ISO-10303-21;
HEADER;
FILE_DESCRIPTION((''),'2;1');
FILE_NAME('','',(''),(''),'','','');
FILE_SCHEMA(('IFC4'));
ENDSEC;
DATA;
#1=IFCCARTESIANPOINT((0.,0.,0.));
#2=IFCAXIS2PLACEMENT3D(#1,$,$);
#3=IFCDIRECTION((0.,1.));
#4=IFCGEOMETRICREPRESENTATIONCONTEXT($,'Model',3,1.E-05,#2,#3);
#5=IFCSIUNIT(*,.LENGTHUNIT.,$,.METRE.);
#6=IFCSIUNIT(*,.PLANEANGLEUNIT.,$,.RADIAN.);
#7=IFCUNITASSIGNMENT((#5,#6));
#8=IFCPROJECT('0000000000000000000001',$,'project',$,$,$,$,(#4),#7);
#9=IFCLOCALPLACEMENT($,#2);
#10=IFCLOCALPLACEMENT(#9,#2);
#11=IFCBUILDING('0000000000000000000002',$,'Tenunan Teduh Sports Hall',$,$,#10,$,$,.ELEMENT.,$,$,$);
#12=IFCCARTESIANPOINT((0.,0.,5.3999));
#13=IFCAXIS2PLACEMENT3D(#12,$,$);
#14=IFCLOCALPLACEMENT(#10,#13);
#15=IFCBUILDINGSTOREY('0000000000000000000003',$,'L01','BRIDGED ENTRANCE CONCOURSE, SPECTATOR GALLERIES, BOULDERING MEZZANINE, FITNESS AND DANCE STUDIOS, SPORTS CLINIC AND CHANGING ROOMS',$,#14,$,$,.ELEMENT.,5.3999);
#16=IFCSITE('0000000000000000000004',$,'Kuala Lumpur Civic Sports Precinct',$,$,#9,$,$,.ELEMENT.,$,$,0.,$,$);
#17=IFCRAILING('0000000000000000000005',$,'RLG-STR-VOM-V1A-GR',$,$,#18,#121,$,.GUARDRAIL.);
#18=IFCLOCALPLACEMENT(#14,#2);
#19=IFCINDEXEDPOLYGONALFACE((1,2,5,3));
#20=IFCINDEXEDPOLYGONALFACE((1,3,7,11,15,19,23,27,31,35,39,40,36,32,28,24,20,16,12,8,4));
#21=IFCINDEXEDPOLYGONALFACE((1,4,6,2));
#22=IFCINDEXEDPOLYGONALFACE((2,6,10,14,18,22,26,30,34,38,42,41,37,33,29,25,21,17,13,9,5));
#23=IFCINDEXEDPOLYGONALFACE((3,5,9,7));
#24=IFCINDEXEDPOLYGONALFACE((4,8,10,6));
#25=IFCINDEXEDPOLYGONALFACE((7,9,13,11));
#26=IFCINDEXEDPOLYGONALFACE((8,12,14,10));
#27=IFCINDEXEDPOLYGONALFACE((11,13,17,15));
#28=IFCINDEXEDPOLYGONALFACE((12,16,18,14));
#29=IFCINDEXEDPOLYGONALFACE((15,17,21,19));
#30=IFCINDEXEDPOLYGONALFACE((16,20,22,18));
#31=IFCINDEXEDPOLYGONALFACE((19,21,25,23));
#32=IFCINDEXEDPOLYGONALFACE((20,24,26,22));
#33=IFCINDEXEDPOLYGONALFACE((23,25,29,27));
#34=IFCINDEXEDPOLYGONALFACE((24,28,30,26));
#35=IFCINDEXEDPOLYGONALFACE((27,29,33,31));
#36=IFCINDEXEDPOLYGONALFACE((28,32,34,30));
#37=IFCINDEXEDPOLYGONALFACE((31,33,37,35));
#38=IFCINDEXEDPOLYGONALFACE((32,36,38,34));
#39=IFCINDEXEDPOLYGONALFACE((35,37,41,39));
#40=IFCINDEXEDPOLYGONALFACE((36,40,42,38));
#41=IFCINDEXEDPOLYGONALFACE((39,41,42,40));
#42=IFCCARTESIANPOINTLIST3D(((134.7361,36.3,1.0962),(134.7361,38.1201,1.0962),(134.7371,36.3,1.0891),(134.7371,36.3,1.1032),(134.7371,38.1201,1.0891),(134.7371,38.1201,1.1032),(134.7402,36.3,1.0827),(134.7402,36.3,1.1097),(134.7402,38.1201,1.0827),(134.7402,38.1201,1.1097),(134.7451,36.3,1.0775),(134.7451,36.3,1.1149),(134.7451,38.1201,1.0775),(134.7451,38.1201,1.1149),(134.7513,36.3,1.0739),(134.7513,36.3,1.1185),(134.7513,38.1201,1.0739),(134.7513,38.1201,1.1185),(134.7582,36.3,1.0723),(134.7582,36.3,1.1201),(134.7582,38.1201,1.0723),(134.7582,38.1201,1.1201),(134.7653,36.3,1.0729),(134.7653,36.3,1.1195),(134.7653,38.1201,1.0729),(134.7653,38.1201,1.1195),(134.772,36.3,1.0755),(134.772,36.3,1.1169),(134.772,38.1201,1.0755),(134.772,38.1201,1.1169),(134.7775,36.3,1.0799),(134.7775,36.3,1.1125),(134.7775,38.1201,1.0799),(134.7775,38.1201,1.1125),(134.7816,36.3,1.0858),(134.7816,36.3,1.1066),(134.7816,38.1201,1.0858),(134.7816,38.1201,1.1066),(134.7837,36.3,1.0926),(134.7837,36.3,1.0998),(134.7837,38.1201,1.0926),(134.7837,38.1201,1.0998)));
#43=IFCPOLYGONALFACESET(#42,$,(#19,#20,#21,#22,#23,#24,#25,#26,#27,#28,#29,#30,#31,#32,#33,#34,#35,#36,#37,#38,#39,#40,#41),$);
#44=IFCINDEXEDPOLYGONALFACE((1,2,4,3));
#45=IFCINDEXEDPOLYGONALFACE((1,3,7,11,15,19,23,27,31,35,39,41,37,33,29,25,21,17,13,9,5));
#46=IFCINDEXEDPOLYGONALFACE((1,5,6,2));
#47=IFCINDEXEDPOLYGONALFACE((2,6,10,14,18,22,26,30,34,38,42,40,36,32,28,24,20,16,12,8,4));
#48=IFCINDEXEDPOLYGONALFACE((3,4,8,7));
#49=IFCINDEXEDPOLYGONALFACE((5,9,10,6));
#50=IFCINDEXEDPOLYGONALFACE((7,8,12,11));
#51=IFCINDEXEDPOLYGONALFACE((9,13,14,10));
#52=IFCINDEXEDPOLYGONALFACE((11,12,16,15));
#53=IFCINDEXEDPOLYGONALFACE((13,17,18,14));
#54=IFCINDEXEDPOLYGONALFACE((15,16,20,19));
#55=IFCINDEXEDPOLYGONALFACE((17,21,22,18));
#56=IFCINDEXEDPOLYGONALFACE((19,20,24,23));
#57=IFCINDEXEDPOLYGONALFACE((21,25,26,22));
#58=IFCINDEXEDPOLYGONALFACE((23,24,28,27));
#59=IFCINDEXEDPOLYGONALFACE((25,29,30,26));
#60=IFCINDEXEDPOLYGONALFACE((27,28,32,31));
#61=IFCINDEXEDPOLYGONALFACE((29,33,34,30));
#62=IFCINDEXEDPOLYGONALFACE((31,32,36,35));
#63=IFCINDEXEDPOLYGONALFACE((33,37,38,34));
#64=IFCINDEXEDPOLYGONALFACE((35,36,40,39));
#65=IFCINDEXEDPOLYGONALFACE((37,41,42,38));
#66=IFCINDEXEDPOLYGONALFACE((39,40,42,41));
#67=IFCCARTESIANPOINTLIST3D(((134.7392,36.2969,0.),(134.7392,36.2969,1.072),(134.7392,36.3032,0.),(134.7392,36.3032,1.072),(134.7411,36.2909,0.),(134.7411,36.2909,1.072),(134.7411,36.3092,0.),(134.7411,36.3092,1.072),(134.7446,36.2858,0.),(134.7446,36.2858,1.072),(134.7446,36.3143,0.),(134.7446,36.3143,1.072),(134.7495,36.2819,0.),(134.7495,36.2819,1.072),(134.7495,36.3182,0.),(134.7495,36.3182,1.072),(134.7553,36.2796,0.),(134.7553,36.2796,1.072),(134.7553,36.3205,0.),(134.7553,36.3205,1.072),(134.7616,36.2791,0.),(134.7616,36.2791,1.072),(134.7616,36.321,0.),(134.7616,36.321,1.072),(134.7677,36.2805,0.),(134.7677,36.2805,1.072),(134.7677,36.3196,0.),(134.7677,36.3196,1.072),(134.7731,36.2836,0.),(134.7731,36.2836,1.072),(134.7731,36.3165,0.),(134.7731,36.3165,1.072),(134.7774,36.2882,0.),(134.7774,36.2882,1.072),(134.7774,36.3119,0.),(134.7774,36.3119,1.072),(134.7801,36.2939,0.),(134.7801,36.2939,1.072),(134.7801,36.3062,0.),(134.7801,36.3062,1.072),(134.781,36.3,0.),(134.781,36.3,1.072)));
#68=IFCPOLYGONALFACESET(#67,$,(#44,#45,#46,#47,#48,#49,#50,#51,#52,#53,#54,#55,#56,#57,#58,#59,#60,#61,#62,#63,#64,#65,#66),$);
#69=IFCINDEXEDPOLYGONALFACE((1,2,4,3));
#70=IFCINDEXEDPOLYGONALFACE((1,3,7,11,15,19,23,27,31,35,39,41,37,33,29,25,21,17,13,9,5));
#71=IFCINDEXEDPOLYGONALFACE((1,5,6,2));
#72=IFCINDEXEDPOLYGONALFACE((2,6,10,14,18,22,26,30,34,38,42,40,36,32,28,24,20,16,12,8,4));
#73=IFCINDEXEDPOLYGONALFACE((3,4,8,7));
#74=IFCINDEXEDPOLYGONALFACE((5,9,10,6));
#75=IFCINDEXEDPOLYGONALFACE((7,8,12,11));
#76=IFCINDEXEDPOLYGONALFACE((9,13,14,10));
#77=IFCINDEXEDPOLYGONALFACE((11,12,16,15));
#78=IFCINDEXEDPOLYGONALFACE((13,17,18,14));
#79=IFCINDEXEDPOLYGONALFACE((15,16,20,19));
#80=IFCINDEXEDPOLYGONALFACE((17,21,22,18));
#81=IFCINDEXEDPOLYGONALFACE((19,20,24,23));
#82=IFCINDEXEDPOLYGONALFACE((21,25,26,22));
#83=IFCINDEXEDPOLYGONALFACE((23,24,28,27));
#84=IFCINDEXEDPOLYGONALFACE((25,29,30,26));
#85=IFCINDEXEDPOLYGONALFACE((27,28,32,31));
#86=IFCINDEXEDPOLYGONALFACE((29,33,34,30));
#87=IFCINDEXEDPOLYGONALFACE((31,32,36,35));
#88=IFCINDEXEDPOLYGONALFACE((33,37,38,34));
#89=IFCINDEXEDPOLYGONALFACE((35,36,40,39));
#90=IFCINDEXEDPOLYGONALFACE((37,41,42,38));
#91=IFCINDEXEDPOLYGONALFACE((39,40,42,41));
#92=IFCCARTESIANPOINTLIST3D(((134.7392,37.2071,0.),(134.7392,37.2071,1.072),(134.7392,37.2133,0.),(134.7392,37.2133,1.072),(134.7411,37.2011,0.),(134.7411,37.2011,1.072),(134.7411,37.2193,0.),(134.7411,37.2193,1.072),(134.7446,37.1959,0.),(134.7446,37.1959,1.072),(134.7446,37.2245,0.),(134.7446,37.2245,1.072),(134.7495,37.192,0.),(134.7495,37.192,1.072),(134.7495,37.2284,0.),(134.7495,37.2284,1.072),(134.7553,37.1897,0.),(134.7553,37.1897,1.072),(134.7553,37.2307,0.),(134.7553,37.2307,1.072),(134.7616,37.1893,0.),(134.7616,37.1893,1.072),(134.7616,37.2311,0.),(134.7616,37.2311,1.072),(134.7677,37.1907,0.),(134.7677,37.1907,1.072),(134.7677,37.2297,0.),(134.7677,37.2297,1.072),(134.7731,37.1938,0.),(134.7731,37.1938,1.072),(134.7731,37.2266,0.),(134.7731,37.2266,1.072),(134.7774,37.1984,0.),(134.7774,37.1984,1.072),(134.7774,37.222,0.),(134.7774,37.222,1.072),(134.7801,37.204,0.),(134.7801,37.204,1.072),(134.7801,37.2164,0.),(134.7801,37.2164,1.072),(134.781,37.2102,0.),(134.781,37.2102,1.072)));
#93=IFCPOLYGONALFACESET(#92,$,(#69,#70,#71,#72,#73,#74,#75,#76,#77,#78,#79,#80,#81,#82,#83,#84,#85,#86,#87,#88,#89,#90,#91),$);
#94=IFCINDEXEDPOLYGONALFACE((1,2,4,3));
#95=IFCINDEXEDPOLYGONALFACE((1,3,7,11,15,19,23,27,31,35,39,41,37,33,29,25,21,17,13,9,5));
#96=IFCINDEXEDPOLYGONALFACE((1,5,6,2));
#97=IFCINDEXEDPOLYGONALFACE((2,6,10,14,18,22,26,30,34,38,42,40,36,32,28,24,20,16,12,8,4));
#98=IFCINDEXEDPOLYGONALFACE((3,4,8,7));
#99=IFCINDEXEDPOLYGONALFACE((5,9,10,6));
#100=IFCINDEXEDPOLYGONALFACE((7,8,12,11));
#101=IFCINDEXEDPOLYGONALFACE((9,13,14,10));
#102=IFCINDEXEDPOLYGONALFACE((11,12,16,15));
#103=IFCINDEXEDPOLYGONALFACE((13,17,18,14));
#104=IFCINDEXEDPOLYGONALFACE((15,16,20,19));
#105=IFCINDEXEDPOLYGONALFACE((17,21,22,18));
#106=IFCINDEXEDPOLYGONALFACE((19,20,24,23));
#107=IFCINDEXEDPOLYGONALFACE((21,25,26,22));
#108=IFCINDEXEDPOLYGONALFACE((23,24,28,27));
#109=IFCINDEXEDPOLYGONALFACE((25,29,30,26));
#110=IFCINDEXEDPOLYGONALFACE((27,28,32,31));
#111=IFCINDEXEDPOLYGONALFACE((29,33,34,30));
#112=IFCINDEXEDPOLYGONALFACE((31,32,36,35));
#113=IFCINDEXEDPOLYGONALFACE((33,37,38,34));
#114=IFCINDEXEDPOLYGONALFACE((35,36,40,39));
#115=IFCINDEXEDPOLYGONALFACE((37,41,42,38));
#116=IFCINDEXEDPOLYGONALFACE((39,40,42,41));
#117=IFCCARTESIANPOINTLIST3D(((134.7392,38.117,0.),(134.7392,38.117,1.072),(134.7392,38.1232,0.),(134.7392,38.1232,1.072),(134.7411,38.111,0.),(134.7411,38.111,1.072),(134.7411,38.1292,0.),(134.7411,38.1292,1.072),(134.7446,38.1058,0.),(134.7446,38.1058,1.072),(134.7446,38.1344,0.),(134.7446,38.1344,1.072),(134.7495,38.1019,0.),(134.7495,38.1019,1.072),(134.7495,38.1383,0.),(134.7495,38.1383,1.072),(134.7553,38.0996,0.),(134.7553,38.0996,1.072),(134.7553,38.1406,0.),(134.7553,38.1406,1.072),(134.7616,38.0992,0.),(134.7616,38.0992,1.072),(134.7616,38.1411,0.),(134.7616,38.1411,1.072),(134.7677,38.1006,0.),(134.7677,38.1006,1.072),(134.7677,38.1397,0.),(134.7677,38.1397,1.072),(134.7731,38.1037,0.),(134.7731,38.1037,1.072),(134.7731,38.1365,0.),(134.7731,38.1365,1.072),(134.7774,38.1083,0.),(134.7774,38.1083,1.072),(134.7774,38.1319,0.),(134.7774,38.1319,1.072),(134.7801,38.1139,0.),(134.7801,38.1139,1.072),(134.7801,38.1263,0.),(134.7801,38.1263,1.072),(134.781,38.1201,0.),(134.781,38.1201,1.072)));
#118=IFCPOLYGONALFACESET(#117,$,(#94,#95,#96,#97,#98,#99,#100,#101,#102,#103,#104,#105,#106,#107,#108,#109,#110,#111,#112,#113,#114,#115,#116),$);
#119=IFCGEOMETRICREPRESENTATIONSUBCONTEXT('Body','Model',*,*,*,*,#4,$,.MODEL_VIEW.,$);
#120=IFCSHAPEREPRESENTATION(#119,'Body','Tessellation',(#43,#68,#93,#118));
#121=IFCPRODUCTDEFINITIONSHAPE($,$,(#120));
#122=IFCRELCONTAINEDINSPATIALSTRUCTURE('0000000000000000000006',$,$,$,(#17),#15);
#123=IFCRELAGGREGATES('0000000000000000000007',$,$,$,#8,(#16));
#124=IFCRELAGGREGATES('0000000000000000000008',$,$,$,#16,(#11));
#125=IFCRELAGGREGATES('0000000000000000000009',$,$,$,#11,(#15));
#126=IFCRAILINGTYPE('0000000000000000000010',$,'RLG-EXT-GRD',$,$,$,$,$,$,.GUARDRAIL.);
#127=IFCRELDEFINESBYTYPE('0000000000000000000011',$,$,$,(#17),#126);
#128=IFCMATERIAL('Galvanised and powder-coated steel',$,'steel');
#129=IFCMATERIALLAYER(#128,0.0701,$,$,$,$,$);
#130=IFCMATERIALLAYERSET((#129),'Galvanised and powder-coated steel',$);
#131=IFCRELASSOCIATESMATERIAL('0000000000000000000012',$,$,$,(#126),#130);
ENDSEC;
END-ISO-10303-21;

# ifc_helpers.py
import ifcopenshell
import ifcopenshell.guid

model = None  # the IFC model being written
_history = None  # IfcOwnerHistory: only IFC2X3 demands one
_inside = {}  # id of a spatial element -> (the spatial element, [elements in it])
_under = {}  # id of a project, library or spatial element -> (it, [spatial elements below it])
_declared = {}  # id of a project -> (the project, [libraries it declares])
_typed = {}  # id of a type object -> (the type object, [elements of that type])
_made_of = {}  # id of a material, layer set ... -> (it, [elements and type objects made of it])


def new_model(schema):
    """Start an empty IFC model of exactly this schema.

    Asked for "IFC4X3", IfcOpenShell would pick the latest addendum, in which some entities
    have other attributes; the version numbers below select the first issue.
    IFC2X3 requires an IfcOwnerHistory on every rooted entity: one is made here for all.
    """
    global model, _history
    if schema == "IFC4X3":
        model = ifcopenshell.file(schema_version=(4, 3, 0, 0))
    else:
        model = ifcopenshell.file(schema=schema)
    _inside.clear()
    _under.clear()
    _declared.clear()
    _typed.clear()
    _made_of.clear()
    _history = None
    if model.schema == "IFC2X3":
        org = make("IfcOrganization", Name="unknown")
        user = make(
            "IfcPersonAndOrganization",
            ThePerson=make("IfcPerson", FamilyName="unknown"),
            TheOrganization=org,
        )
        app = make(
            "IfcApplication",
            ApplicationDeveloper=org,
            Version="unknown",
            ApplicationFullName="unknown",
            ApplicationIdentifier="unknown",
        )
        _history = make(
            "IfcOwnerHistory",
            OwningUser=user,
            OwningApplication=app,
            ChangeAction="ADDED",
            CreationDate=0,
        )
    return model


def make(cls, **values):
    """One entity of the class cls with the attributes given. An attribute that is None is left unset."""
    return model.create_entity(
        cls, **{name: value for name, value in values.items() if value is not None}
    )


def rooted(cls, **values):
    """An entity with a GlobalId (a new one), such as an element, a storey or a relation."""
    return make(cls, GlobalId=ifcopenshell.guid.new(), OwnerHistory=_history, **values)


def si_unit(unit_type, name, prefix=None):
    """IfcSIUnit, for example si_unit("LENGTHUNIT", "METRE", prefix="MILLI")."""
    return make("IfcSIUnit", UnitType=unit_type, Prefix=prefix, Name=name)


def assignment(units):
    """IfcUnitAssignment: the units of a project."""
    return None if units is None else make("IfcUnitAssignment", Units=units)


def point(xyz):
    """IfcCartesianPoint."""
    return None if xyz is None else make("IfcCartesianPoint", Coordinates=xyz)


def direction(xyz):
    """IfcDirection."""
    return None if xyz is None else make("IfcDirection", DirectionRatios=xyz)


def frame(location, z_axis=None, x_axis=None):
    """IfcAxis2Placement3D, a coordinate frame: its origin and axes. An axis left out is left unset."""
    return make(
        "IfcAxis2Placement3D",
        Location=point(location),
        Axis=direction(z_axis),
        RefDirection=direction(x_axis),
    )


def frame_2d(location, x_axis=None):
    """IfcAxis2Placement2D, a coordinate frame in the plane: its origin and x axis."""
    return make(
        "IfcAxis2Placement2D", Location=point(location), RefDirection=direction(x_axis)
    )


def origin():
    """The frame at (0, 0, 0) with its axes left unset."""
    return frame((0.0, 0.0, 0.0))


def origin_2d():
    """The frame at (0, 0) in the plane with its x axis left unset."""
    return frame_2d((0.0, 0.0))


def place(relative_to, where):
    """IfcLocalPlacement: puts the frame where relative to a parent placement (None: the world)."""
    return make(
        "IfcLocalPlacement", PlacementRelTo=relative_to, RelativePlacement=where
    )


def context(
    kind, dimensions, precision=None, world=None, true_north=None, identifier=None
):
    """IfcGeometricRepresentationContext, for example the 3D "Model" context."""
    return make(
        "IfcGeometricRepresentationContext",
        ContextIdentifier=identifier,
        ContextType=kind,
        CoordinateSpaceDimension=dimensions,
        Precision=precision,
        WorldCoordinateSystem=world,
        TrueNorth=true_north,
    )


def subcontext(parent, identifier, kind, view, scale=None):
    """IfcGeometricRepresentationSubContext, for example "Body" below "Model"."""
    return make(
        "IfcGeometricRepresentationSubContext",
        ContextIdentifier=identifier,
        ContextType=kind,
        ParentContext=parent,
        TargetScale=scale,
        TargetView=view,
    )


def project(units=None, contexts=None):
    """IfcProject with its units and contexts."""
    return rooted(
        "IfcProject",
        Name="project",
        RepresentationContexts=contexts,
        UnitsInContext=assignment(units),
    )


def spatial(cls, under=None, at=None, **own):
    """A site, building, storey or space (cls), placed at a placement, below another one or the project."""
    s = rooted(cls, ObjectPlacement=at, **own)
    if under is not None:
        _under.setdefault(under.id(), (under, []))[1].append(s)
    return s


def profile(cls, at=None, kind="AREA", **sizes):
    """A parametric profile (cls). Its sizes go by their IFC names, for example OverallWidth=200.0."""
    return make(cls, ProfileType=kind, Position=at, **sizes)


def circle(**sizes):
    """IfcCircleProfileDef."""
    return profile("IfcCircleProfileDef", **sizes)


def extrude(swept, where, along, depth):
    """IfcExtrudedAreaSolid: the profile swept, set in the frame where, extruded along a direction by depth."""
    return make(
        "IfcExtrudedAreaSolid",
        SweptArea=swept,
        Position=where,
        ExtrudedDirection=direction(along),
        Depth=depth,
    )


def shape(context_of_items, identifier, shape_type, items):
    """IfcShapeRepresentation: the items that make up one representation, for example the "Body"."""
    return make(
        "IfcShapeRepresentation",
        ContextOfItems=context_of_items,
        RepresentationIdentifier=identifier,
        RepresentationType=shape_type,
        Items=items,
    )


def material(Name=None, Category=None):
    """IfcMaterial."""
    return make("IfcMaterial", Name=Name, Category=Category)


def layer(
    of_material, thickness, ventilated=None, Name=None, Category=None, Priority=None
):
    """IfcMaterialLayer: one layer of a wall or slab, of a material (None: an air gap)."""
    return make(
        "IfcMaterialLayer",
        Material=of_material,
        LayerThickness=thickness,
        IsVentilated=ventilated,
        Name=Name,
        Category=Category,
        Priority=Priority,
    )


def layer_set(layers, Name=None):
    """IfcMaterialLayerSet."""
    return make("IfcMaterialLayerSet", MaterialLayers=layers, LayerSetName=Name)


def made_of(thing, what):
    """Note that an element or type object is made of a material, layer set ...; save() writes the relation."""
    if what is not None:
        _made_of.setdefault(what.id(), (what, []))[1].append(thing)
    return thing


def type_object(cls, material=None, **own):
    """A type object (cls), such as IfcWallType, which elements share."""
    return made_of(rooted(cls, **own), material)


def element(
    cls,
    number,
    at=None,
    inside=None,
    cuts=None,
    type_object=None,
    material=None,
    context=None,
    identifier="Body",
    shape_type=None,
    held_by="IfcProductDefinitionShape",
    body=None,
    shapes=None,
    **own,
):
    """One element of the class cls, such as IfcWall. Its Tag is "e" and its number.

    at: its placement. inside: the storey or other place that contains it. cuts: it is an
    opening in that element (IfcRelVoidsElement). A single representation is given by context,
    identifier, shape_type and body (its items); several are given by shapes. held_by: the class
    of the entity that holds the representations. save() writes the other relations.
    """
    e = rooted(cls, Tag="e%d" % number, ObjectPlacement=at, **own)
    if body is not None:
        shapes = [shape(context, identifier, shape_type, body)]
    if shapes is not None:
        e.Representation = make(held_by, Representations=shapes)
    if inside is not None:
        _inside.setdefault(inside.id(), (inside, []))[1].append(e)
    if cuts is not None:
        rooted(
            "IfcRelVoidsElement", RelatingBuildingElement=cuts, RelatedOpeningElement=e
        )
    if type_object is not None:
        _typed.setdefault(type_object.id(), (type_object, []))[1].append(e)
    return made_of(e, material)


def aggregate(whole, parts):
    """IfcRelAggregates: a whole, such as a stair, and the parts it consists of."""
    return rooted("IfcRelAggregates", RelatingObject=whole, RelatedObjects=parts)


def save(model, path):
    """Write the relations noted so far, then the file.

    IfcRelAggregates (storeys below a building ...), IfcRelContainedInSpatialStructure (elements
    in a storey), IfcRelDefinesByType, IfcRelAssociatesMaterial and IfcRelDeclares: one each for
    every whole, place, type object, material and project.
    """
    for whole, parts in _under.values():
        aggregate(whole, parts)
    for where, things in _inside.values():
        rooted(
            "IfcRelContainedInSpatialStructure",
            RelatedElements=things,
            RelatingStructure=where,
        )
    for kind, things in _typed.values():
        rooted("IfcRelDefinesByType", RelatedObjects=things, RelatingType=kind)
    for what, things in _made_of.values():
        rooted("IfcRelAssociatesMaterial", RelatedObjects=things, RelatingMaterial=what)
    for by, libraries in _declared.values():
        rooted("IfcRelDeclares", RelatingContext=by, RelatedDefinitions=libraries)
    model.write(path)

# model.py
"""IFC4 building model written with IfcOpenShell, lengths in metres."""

from ifc_helpers import new_model, si_unit, direction, frame, origin, origin_2d, place, context, subcontext, project, spatial, circle, extrude, material, layer, layer_set, type_object, element, save


model = new_model("IFC4")

# Units and contexts
model_context = context("Model", 3, precision=1e-05, world=origin(), true_north=direction((0.0, 1.0)))
body_context = subcontext(model_context, "Body", "Model", "MODEL_VIEW")
ifc_project = project(units=[si_unit("LENGTHUNIT", "METRE"), si_unit("PLANEANGLEUNIT", "RADIAN")], contexts=[model_context])

# Site, building, storey
site_placement = place(None, origin())
site = spatial("IfcSite", under=ifc_project, at=site_placement, Name="Kuala Lumpur Civic Sports Precinct", CompositionType="ELEMENT", RefElevation=0.0)
building_placement = place(site_placement, origin())
building = spatial("IfcBuilding", under=site, at=building_placement, Name="Tenunan Teduh Sports Hall", CompositionType="ELEMENT")
storey_placement = place(building_placement, frame((0.0, 0.0, 5.3999)))
storey = spatial("IfcBuildingStorey", under=building, at=storey_placement, Name="L01", Description="BRIDGED ENTRANCE CONCOURSE, SPECTATOR GALLERIES, BOULDERING MEZZANINE, FITNESS AND DANCE STUDIOS, SPORTS CLINIC AND CHANGING ROOMS", CompositionType="ELEMENT", Elevation=5.3999)

# Railing
ifc_material_1 = material(Name="Galvanised and powder-coated steel", Category="steel")
ifc_layer_1 = layer(ifc_material_1, 0.0701)
ifc_layer_set_1 = layer_set([ifc_layer_1], Name="Galvanised and powder-coated steel")
railing_type = type_object("IfcRailingType", Name="RLG-EXT-GRD", PredefinedType="GUARDRAIL", material=ifc_layer_set_1)
for number, where, name in (
    (1, (134.76, 36.3, 0.0), "RLG-STR-VOM-V1A-GR"),
):
    element("IfcRailing", number, at=place(storey_placement, frame(where)), inside=storey, type_object=railing_type, Name=name, PredefinedType="GUARDRAIL", context=body_context, shape_type="SweptSolid", body=[
        extrude(circle(Radius=0.0239, at=origin_2d()), frame((0.0, 0.0, 1.0962), z_axis=(0.0, 1.0, 0.0), x_axis=(-1.0, 0.0, 0.0)), (0.0, 0.0, 1.0), 1.8201),
        extrude(circle(Radius=0.021, at=origin_2d()), origin(), (0.0, 0.0, 1.0), 1.072),
        extrude(circle(Radius=0.021, at=origin_2d()), frame((0.0, 0.9102, 0.0)), (0.0, 0.0, 1.0), 1.072),
        extrude(circle(Radius=0.021, at=origin_2d()), frame((0.0, 1.8201, 0.0)), (0.0, 0.0, 1.0), 1.072),
    ])

save(model, "model.ifc")
